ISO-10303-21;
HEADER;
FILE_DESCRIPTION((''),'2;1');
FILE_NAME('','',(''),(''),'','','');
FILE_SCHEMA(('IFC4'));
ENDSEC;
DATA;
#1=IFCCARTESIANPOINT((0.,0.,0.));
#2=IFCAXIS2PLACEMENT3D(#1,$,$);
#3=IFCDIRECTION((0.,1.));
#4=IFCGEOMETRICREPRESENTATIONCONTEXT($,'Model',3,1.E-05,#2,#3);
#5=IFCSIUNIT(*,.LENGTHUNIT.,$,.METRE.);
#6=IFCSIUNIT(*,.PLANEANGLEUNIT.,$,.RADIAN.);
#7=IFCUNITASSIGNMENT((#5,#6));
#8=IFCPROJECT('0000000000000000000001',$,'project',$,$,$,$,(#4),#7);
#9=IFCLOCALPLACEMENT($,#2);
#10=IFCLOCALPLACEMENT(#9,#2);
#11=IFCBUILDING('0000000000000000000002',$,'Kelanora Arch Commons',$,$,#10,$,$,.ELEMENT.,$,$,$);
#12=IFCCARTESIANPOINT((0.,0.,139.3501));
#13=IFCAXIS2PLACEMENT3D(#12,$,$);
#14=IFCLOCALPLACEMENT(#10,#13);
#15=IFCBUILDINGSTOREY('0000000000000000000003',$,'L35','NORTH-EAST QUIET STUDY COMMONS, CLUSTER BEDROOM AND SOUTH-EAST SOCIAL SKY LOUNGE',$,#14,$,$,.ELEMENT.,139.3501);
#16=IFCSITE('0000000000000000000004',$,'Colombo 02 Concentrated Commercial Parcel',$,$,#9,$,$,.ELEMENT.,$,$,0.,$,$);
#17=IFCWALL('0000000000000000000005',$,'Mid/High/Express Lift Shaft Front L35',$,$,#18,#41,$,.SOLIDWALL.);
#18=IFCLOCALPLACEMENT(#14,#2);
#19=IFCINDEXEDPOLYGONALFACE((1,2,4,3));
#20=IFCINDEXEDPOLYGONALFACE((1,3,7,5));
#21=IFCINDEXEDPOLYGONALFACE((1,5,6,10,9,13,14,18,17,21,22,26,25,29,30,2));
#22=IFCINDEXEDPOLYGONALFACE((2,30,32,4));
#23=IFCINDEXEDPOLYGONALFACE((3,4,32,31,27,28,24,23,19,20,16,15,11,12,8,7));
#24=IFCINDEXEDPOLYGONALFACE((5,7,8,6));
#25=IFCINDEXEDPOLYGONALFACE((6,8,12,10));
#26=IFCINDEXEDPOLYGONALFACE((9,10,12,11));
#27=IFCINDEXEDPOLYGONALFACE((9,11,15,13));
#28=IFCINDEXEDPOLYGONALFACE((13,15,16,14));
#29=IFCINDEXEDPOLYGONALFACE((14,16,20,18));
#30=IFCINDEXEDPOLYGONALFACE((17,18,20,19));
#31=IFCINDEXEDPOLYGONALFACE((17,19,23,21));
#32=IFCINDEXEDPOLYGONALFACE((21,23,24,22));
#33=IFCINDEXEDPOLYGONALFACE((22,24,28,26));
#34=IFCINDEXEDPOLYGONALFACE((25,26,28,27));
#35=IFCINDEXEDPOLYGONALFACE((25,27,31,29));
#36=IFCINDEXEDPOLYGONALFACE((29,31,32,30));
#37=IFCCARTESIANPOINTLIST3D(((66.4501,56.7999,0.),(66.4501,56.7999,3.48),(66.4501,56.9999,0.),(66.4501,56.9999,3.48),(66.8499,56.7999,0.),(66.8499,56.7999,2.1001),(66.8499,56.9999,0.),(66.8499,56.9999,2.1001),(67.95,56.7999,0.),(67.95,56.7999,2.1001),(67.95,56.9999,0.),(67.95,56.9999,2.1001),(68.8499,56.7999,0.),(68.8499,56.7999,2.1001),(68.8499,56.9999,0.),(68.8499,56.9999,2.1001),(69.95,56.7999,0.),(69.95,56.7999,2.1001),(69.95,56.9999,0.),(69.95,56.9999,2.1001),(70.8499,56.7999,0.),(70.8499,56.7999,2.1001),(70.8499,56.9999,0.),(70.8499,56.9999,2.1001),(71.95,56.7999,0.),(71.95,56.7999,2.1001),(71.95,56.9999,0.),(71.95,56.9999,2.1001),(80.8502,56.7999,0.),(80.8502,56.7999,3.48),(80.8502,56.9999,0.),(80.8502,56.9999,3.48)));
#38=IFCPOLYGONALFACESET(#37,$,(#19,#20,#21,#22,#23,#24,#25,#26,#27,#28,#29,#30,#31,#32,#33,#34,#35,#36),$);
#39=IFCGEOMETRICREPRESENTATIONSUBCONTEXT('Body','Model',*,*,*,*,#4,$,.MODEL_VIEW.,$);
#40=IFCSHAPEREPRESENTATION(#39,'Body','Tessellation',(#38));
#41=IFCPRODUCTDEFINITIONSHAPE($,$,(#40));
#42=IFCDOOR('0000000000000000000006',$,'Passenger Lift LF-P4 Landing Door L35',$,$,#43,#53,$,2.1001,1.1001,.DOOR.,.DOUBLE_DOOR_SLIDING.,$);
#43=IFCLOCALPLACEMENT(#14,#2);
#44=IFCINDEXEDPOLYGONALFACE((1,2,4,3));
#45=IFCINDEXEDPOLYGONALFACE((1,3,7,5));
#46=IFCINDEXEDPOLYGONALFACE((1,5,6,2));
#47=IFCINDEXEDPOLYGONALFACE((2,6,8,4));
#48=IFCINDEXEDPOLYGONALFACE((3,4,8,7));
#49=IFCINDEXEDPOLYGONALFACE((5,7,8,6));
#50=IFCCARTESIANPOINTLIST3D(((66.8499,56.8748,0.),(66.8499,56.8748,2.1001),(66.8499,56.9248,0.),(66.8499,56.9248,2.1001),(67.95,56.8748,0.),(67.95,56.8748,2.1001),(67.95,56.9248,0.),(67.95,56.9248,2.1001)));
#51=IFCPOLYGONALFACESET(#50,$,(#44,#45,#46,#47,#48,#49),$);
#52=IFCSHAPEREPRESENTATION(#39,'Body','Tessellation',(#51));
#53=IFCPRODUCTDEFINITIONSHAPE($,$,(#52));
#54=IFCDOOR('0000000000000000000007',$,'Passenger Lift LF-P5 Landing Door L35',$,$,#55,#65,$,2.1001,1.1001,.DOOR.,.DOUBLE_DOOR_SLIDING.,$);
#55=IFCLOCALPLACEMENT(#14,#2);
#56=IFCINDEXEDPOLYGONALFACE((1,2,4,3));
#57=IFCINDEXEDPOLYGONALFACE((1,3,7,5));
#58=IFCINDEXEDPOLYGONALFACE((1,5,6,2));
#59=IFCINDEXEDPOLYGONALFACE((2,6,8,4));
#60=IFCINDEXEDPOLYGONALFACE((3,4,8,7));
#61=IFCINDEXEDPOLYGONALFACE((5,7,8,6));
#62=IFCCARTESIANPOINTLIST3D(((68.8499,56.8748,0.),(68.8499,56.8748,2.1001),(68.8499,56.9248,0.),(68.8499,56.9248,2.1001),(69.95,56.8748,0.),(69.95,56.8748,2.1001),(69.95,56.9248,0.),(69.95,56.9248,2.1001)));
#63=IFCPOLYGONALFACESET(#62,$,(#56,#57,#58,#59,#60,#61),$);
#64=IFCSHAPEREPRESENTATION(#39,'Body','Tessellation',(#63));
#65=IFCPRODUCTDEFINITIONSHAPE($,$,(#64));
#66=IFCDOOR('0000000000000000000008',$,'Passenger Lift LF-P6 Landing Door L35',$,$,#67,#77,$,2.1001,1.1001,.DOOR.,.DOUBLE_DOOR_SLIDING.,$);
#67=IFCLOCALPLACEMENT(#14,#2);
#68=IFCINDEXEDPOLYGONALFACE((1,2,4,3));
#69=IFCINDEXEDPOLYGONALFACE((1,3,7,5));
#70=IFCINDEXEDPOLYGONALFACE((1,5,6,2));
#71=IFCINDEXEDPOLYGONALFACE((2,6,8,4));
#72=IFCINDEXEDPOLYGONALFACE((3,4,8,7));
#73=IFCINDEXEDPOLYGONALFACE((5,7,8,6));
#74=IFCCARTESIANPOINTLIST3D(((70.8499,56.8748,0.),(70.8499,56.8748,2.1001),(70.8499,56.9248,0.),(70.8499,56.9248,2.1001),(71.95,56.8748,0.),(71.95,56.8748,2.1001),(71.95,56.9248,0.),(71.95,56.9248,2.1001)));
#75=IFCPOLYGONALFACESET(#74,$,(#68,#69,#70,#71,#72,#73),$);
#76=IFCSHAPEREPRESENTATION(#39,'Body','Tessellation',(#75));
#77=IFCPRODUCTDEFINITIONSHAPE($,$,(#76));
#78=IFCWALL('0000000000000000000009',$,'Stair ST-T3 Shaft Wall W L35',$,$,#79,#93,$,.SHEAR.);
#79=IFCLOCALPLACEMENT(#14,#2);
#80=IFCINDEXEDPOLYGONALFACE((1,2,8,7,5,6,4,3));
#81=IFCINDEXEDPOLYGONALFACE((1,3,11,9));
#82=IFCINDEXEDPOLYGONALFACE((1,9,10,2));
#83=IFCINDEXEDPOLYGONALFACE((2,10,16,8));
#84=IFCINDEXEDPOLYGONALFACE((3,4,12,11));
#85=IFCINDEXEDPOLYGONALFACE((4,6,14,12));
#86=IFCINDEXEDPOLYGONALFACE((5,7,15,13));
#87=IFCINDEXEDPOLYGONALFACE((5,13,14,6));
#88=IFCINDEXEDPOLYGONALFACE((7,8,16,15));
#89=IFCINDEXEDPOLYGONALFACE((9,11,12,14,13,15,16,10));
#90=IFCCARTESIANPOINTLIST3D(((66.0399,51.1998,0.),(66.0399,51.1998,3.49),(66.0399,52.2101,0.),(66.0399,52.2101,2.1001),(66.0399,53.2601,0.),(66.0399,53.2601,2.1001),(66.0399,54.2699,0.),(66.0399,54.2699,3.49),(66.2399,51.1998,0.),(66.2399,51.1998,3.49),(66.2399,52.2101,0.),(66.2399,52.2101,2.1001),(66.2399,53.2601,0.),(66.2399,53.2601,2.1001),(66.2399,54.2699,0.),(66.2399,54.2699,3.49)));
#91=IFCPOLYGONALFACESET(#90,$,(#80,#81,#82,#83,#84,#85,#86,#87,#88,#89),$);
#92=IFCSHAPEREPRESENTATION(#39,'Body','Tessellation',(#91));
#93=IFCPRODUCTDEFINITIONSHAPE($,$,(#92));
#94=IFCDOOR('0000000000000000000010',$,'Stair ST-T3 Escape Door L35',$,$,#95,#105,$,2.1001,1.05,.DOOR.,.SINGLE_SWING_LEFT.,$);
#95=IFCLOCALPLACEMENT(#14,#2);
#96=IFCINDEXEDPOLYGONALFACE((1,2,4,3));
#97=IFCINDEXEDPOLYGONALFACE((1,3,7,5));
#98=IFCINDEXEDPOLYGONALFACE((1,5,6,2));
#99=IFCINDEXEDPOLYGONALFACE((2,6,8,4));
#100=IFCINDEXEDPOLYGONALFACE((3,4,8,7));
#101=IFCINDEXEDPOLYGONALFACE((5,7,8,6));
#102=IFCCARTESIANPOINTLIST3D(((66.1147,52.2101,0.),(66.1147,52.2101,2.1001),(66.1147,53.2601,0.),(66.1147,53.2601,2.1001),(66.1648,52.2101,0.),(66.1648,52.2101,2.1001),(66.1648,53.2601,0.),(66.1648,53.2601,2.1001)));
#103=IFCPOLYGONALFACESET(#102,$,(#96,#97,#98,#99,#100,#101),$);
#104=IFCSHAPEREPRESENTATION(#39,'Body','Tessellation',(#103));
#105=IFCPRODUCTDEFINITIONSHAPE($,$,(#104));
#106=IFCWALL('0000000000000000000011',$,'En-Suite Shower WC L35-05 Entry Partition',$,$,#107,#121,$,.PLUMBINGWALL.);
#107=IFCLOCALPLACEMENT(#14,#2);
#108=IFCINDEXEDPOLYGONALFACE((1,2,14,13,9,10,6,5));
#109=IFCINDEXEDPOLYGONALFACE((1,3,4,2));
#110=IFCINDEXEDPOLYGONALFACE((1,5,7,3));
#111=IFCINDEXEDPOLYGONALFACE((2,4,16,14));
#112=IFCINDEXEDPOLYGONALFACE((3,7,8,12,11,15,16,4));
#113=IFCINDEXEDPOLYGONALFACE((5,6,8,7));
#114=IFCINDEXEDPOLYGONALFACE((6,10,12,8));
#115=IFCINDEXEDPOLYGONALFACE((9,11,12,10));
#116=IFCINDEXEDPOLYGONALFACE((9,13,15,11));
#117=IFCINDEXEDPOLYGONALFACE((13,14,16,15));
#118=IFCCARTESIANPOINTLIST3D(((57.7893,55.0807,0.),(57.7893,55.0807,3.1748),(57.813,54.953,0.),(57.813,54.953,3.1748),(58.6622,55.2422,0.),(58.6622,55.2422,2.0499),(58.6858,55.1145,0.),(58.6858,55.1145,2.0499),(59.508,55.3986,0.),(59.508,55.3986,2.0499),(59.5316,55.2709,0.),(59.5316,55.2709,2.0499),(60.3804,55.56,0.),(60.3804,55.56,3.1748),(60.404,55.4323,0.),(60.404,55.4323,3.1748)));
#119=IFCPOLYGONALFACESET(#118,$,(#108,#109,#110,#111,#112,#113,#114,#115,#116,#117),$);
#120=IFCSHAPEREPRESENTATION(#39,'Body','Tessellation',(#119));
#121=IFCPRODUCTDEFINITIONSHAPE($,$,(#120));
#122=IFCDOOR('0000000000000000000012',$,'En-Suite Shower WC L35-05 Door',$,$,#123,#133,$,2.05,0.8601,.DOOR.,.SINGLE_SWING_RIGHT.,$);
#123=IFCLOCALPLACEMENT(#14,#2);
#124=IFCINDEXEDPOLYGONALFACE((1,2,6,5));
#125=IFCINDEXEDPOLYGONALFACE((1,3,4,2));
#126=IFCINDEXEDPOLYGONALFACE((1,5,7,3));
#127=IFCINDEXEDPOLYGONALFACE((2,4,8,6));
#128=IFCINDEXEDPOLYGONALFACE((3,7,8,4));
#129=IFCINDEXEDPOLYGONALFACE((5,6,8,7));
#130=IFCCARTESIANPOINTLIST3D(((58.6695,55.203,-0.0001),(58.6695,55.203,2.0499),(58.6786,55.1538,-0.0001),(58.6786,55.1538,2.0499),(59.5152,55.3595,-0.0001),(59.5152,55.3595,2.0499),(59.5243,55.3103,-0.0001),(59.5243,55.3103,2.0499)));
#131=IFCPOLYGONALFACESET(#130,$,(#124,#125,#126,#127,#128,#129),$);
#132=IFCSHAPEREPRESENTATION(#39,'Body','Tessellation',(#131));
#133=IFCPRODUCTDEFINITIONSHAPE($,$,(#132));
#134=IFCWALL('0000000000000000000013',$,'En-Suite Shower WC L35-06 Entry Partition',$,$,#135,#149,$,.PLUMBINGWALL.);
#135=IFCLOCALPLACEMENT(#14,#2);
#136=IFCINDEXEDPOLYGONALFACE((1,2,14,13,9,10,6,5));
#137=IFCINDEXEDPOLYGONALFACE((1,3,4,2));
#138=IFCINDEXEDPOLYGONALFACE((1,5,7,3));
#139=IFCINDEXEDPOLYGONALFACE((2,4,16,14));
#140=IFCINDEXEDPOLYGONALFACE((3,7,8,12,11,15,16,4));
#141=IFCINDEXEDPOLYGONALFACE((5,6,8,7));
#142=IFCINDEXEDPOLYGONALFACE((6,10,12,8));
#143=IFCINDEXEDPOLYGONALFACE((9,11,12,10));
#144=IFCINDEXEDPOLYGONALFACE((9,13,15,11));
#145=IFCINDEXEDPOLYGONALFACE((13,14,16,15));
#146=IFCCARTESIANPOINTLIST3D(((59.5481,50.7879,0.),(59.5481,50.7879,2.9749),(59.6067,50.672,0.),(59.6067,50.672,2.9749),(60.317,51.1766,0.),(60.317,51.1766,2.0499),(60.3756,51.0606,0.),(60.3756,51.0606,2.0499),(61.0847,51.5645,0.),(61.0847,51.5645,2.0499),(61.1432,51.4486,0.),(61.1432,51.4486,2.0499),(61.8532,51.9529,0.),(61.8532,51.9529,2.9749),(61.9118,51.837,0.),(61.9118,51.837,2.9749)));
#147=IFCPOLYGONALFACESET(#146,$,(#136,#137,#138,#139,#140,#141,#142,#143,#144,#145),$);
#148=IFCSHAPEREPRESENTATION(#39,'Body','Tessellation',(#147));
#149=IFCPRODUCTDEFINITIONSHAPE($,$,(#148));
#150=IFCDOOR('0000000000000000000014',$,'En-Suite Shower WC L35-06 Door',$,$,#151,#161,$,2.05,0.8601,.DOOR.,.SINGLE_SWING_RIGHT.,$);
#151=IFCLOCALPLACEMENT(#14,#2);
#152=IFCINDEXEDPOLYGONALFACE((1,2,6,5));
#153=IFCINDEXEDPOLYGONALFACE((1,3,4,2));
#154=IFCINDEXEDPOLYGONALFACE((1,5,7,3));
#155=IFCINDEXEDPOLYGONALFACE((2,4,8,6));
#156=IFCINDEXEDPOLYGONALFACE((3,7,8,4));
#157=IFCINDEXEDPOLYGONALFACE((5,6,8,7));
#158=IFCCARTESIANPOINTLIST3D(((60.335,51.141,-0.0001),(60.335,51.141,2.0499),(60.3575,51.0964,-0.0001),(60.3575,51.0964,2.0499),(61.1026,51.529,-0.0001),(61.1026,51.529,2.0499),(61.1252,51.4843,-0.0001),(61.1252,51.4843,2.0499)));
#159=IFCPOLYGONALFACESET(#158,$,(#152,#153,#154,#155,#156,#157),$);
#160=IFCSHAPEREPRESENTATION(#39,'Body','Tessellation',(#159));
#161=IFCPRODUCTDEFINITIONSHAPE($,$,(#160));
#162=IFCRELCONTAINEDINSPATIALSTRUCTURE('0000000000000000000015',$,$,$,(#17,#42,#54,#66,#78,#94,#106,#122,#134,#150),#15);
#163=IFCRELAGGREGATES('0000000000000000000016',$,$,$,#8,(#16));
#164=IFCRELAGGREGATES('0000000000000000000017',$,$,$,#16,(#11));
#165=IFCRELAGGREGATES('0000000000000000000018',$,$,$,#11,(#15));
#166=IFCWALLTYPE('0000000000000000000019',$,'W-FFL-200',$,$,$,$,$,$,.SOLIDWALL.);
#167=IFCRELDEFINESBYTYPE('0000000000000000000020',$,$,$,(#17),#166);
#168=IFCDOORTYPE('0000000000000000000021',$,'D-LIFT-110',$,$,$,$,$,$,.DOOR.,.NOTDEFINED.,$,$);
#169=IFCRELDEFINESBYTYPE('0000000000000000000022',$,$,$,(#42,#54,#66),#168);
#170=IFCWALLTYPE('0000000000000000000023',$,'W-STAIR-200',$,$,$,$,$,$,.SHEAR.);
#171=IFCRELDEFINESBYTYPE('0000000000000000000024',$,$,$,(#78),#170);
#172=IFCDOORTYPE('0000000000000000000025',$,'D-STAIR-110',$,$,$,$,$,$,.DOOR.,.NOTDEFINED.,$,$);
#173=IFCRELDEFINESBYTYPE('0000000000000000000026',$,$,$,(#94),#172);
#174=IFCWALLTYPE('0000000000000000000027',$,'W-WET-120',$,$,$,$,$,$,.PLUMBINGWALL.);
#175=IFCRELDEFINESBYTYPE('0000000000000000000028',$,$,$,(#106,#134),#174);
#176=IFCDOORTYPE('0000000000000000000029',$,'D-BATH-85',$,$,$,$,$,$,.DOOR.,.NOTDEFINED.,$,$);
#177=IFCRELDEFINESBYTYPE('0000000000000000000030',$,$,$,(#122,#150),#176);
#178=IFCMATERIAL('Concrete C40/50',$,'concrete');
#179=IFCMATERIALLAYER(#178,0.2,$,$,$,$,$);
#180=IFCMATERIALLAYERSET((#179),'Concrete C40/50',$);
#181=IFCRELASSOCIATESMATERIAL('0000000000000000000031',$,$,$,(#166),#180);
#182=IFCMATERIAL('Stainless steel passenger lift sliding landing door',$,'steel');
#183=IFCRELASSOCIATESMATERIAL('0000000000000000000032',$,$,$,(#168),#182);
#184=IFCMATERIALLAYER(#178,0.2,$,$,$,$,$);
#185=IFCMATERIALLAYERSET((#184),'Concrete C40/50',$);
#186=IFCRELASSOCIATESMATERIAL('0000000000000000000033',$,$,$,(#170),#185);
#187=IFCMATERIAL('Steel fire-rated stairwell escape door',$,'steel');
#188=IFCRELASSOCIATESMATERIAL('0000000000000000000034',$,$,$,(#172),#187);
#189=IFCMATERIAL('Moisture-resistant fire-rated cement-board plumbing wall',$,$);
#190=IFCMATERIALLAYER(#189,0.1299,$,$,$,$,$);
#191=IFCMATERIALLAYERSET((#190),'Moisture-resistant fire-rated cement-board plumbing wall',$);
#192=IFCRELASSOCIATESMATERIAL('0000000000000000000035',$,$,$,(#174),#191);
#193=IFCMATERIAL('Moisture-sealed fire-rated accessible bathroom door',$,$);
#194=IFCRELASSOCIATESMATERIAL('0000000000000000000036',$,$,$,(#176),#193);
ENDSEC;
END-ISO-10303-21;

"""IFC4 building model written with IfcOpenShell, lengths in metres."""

from ifc_helpers import new_model, si_unit, direction, frame, frame_2d, origin, place, context, subcontext, project, spatial, rectangle, extrude, material, layer, layer_set, type_object, element, fill, save


model = new_model("IFC4")

# Units and contexts
model_context = context("Model", 3, precision=1e-05, world=origin(), true_north=direction((0.0, 1.0)))
body_context = subcontext(model_context, "Body", "Model", "MODEL_VIEW")
ifc_project = project(units=[si_unit("LENGTHUNIT", "METRE"), si_unit("PLANEANGLEUNIT", "RADIAN")], contexts=[model_context])

# Site, building, storey
site_placement = place(None, origin())
site = spatial("IfcSite", under=ifc_project, at=site_placement, Name="Colombo 02 Concentrated Commercial Parcel", CompositionType="ELEMENT", RefElevation=0.0)
building_placement = place(site_placement, origin())
building = spatial("IfcBuilding", under=site, at=building_placement, Name="Kelanora Arch Commons", CompositionType="ELEMENT")
storey_placement = place(building_placement, frame((0.0, 0.0, 139.3501)))
storey = spatial("IfcBuildingStorey", under=building, at=storey_placement, Name="L35", Description="NORTH-EAST QUIET STUDY COMMONS, CLUSTER BEDROOM AND SOUTH-EAST SOCIAL SKY LOUNGE", CompositionType="ELEMENT", Elevation=139.3501)

# Wall, openings, doors
ifc_material_1 = material(Name="Concrete C40/50", Category="concrete")
ifc_layer_1 = layer(ifc_material_1, 0.2)
ifc_layer_set_1 = layer_set([ifc_layer_1], Name="Concrete C40/50")
wall_type_1 = type_object("IfcWallType", Name="W-FFL-200", PredefinedType="SOLIDWALL", material=ifc_layer_set_1)
wall_1_placement = place(storey_placement, frame((66.45, 56.8999, 0.0), z_axis=(0.0, 0.0, 1.0), x_axis=(1.0, 0.0, 0.0)))
wall_1 = element("IfcWall", 1, at=wall_1_placement, inside=storey, type_object=wall_type_1, Name="Mid/High/Express Lift Shaft Front L35", PredefinedType="SOLIDWALL", context=body_context, shape_type="SweptSolid", body=[
    extrude(rectangle(XDim=14.4001, YDim=0.2, at=frame_2d((7.2002, 0.0))), origin(), (0.0, 0.0, 1.0), 3.48),
])
opening_1_placement = place(wall_1_placement, frame((0.3999, 0.0, 0.0)))
opening_1 = element("IfcOpeningElement", 2, at=opening_1_placement, cuts=wall_1, PredefinedType="OPENING", context=body_context, shape_type="SweptSolid", body=[
    extrude(rectangle(XDim=1.1001, YDim=2.1001, at=frame_2d((0.55, 1.05))), frame((0.0, 0.1099, 0.0), z_axis=(0.0, -1.0, 0.0), x_axis=(1.0, 0.0, 0.0)), (0.0, 0.0, 1.0), 0.22),
])
opening_2_placement = place(wall_1_placement, frame((2.3999, 0.0, 0.0)))
opening_2 = element("IfcOpeningElement", 3, at=opening_2_placement, cuts=wall_1, PredefinedType="OPENING", context=body_context, shape_type="SweptSolid", body=[
    extrude(rectangle(XDim=1.1001, YDim=2.1001, at=frame_2d((0.55, 1.05))), frame((0.0, 0.1099, 0.0), z_axis=(0.0, -1.0, 0.0), x_axis=(1.0, 0.0, 0.0)), (0.0, 0.0, 1.0), 0.22),
])
opening_3_placement = place(wall_1_placement, frame((4.3999, 0.0, 0.0)))
opening_3 = element("IfcOpeningElement", 4, at=opening_3_placement, cuts=wall_1, PredefinedType="OPENING", context=body_context, shape_type="SweptSolid", body=[
    extrude(rectangle(XDim=1.1001, YDim=2.1001, at=frame_2d((0.55, 1.05))), frame((0.0, 0.1099, 0.0), z_axis=(0.0, -1.0, 0.0), x_axis=(1.0, 0.0, 0.0)), (0.0, 0.0, 1.0), 0.22),
])
ifc_material_2 = material(Name="Stainless steel passenger lift sliding landing door", Category="steel")
door_type_1 = type_object("IfcDoorType", Name="D-LIFT-110", OperationType="NOTDEFINED", PredefinedType="DOOR", material=ifc_material_2)
door_1_placement = place(opening_1_placement, origin())
door_1 = element("IfcDoor", 5, at=door_1_placement, inside=storey, type_object=door_type_1, Name="Passenger Lift LF-P4 Landing Door L35", OperationType="DOUBLE_DOOR_SLIDING", OverallHeight=2.1001, OverallWidth=1.1001, PredefinedType="DOOR", context=body_context, shape_type="SweptSolid", body=[
    extrude(rectangle(XDim=1.1001, YDim=2.1001, at=frame_2d((0.55, 1.05))), frame((0.0, 0.0249, 0.0), z_axis=(0.0, -1.0, 0.0), x_axis=(1.0, 0.0, 0.0)), (0.0, 0.0, 1.0), 0.05),
])
fill(opening_1, door_1)
door_2_placement = place(opening_2_placement, origin())
door_2 = element("IfcDoor", 6, at=door_2_placement, inside=storey, type_object=door_type_1, Name="Passenger Lift LF-P5 Landing Door L35", OperationType="DOUBLE_DOOR_SLIDING", OverallHeight=2.1001, OverallWidth=1.1001, PredefinedType="DOOR", context=body_context, shape_type="SweptSolid", body=[
    extrude(rectangle(XDim=1.1001, YDim=2.1001, at=frame_2d((0.55, 1.05))), frame((0.0, 0.0249, 0.0), z_axis=(0.0, -1.0, 0.0), x_axis=(1.0, 0.0, 0.0)), (0.0, 0.0, 1.0), 0.05),
])
fill(opening_2, door_2)
door_3_placement = place(opening_3_placement, origin())
door_3 = element("IfcDoor", 7, at=door_3_placement, inside=storey, type_object=door_type_1, Name="Passenger Lift LF-P6 Landing Door L35", OperationType="DOUBLE_DOOR_SLIDING", OverallHeight=2.1001, OverallWidth=1.1001, PredefinedType="DOOR", context=body_context, shape_type="SweptSolid", body=[
    extrude(rectangle(XDim=1.1001, YDim=2.1001, at=frame_2d((0.55, 1.05))), frame((0.0, 0.0249, 0.0), z_axis=(0.0, -1.0, 0.0), x_axis=(1.0, 0.0, 0.0)), (0.0, 0.0, 1.0), 0.05),
])
fill(opening_3, door_3)

# Walls, openings, doors
ifc_layer_2 = layer(ifc_material_1, 0.2)
ifc_layer_set_2 = layer_set([ifc_layer_2], Name="Concrete C40/50")
wall_type_2 = type_object("IfcWallType", Name="W-STAIR-200", PredefinedType="SHEAR", material=ifc_layer_set_2)
wall_2_placement = place(storey_placement, frame((66.1399, 54.27, 0.0), z_axis=(0.0, 0.0, 1.0), x_axis=(0.0, -1.0, 0.0)))
wall_2 = element("IfcWall", 8, at=wall_2_placement, inside=storey, type_object=wall_type_2, Name="Stair ST-T3 Shaft Wall W L35", PredefinedType="SHEAR", context=body_context, shape_type="SweptSolid", body=[
    extrude(rectangle(XDim=3.0701, YDim=0.2, at=frame_2d((1.5352, 0.0))), origin(), (0.0, 0.0, 1.0), 3.49),
])
opening_4_placement = place(wall_2_placement, frame((1.01, 0.0, 0.0)))
opening_4 = element("IfcOpeningElement", 9, at=opening_4_placement, cuts=wall_2, PredefinedType="OPENING", context=body_context, shape_type="SweptSolid", body=[
    extrude(rectangle(XDim=1.05, YDim=2.1001, at=frame_2d((0.5249, 1.05))), frame((0.0, 0.1099, 0.0), z_axis=(0.0, -1.0, 0.0), x_axis=(1.0, 0.0, 0.0)), (0.0, 0.0, 1.0), 0.22),
])
ifc_material_3 = material(Name="Steel fire-rated stairwell escape door", Category="steel")
door_type_2 = type_object("IfcDoorType", Name="D-STAIR-110", OperationType="NOTDEFINED", PredefinedType="DOOR", material=ifc_material_3)
door_4_placement = place(opening_4_placement, origin())
door_4 = element("IfcDoor", 10, at=door_4_placement, inside=storey, type_object=door_type_2, Name="Stair ST-T3 Escape Door L35", OperationType="SINGLE_SWING_LEFT", OverallHeight=2.1001, OverallWidth=1.05, PredefinedType="DOOR", context=body_context, shape_type="SweptSolid", body=[
    extrude(rectangle(XDim=1.05, YDim=2.1001, at=frame_2d((0.5249, 1.05))), frame((0.0, 0.0249, 0.0), z_axis=(0.0, -1.0, 0.0), x_axis=(1.0, 0.0, 0.0)), (0.0, 0.0, 1.0), 0.05),
])
fill(opening_4, door_4)
ifc_material_4 = material(Name="Moisture-resistant fire-rated cement-board plumbing wall")
ifc_layer_3 = layer(ifc_material_4, 0.1299)
ifc_layer_set_3 = layer_set([ifc_layer_3], Name="Moisture-resistant fire-rated cement-board plumbing wall")
wall_type_3 = type_object("IfcWallType", Name="W-WET-120", PredefinedType="PLUMBINGWALL", material=ifc_layer_set_3)
wall_3_placement = place(storey_placement, frame((60.3921, 55.4961, 0.0), z_axis=(0.0, 0.0, 1.0), x_axis=(-0.983321, -0.181877, 0.0)))
wall_3 = element("IfcWall", 11, at=wall_3_placement, inside=storey, type_object=wall_type_3, Name="En-Suite Shower WC L35-05 Entry Partition", PredefinedType="PLUMBINGWALL", context=body_context, shape_type="SweptSolid", body=[
    extrude(rectangle(XDim=2.635, YDim=0.1299, at=frame_2d((1.3174, 0.0))), origin(), (0.0, 0.0, 1.0), 3.1748),
])
opening_5_placement = place(wall_3_placement, frame((0.887, 0.0, 0.0)))
opening_5 = element("IfcOpeningElement", 12, at=opening_5_placement, cuts=wall_3, PredefinedType="OPENING", context=body_context, shape_type="SweptSolid", body=[
    extrude(rectangle(XDim=0.8601, YDim=2.05, at=frame_2d((0.4302, 1.0249))), frame((0.0, 0.075, 0.0), z_axis=(0.0, -1.0, 0.0), x_axis=(1.0, 0.0, 0.0)), (0.0, 0.0, 1.0), 0.1499),
])
ifc_material_5 = material(Name="Moisture-sealed fire-rated accessible bathroom door")
door_type_3 = type_object("IfcDoorType", Name="D-BATH-85", OperationType="NOTDEFINED", PredefinedType="DOOR", material=ifc_material_5)
door_5_placement = place(opening_5_placement, origin())
door_5 = element("IfcDoor", 13, at=door_5_placement, inside=storey, type_object=door_type_3, Name="En-Suite Shower WC L35-05 Door", OperationType="SINGLE_SWING_RIGHT", OverallHeight=2.05, OverallWidth=0.8601, PredefinedType="DOOR", context=body_context, shape_type="SweptSolid", body=[
    extrude(rectangle(XDim=0.8601, YDim=2.05, at=frame_2d((0.4302, 1.0249))), frame((0.0, 0.0249, 0.0), z_axis=(0.0, -1.0, 0.0), x_axis=(1.0, 0.0, 0.0)), (0.0, 0.0, 1.0), 0.05),
])
fill(opening_5, door_5)
wall_4_placement = place(storey_placement, frame((61.8826, 51.895, 0.0), z_axis=(0.0, 0.0, 1.0), x_axis=(-0.892491, -0.451066, 0.0)))
wall_4 = element("IfcWall", 14, at=wall_4_placement, inside=storey, type_object=wall_type_3, Name="En-Suite Shower WC L35-06 Entry Partition", PredefinedType="PLUMBINGWALL", context=body_context, shape_type="SweptSolid", body=[
    extrude(rectangle(XDim=2.5828, YDim=0.1299, at=frame_2d((1.2915, 0.0))), origin(), (0.0, 0.0, 1.0), 2.9749),
])
opening_6_placement = place(wall_4_placement, frame((0.8611, 0.0, 0.0)))
opening_6 = element("IfcOpeningElement", 15, at=opening_6_placement, cuts=wall_4, PredefinedType="OPENING", context=body_context, shape_type="SweptSolid", body=[
    extrude(rectangle(XDim=0.8601, YDim=2.05, at=frame_2d((0.4302, 1.0249))), frame((0.0, 0.075, 0.0), z_axis=(0.0, -1.0, 0.0), x_axis=(1.0, 0.0, 0.0)), (0.0, 0.0, 1.0), 0.1499),
])
door_6_placement = place(opening_6_placement, origin())
door_6 = element("IfcDoor", 16, at=door_6_placement, inside=storey, type_object=door_type_3, Name="En-Suite Shower WC L35-06 Door", OperationType="SINGLE_SWING_RIGHT", OverallHeight=2.05, OverallWidth=0.8601, PredefinedType="DOOR", context=body_context, shape_type="SweptSolid", body=[
    extrude(rectangle(XDim=0.8601, YDim=2.05, at=frame_2d((0.4302, 1.0249))), frame((0.0, 0.0249, 0.0), z_axis=(0.0, -1.0, 0.0), x_axis=(1.0, 0.0, 0.0)), (0.0, 0.0, 1.0), 0.05),
])
fill(opening_6, door_6)

save(model, "model.ifc")
